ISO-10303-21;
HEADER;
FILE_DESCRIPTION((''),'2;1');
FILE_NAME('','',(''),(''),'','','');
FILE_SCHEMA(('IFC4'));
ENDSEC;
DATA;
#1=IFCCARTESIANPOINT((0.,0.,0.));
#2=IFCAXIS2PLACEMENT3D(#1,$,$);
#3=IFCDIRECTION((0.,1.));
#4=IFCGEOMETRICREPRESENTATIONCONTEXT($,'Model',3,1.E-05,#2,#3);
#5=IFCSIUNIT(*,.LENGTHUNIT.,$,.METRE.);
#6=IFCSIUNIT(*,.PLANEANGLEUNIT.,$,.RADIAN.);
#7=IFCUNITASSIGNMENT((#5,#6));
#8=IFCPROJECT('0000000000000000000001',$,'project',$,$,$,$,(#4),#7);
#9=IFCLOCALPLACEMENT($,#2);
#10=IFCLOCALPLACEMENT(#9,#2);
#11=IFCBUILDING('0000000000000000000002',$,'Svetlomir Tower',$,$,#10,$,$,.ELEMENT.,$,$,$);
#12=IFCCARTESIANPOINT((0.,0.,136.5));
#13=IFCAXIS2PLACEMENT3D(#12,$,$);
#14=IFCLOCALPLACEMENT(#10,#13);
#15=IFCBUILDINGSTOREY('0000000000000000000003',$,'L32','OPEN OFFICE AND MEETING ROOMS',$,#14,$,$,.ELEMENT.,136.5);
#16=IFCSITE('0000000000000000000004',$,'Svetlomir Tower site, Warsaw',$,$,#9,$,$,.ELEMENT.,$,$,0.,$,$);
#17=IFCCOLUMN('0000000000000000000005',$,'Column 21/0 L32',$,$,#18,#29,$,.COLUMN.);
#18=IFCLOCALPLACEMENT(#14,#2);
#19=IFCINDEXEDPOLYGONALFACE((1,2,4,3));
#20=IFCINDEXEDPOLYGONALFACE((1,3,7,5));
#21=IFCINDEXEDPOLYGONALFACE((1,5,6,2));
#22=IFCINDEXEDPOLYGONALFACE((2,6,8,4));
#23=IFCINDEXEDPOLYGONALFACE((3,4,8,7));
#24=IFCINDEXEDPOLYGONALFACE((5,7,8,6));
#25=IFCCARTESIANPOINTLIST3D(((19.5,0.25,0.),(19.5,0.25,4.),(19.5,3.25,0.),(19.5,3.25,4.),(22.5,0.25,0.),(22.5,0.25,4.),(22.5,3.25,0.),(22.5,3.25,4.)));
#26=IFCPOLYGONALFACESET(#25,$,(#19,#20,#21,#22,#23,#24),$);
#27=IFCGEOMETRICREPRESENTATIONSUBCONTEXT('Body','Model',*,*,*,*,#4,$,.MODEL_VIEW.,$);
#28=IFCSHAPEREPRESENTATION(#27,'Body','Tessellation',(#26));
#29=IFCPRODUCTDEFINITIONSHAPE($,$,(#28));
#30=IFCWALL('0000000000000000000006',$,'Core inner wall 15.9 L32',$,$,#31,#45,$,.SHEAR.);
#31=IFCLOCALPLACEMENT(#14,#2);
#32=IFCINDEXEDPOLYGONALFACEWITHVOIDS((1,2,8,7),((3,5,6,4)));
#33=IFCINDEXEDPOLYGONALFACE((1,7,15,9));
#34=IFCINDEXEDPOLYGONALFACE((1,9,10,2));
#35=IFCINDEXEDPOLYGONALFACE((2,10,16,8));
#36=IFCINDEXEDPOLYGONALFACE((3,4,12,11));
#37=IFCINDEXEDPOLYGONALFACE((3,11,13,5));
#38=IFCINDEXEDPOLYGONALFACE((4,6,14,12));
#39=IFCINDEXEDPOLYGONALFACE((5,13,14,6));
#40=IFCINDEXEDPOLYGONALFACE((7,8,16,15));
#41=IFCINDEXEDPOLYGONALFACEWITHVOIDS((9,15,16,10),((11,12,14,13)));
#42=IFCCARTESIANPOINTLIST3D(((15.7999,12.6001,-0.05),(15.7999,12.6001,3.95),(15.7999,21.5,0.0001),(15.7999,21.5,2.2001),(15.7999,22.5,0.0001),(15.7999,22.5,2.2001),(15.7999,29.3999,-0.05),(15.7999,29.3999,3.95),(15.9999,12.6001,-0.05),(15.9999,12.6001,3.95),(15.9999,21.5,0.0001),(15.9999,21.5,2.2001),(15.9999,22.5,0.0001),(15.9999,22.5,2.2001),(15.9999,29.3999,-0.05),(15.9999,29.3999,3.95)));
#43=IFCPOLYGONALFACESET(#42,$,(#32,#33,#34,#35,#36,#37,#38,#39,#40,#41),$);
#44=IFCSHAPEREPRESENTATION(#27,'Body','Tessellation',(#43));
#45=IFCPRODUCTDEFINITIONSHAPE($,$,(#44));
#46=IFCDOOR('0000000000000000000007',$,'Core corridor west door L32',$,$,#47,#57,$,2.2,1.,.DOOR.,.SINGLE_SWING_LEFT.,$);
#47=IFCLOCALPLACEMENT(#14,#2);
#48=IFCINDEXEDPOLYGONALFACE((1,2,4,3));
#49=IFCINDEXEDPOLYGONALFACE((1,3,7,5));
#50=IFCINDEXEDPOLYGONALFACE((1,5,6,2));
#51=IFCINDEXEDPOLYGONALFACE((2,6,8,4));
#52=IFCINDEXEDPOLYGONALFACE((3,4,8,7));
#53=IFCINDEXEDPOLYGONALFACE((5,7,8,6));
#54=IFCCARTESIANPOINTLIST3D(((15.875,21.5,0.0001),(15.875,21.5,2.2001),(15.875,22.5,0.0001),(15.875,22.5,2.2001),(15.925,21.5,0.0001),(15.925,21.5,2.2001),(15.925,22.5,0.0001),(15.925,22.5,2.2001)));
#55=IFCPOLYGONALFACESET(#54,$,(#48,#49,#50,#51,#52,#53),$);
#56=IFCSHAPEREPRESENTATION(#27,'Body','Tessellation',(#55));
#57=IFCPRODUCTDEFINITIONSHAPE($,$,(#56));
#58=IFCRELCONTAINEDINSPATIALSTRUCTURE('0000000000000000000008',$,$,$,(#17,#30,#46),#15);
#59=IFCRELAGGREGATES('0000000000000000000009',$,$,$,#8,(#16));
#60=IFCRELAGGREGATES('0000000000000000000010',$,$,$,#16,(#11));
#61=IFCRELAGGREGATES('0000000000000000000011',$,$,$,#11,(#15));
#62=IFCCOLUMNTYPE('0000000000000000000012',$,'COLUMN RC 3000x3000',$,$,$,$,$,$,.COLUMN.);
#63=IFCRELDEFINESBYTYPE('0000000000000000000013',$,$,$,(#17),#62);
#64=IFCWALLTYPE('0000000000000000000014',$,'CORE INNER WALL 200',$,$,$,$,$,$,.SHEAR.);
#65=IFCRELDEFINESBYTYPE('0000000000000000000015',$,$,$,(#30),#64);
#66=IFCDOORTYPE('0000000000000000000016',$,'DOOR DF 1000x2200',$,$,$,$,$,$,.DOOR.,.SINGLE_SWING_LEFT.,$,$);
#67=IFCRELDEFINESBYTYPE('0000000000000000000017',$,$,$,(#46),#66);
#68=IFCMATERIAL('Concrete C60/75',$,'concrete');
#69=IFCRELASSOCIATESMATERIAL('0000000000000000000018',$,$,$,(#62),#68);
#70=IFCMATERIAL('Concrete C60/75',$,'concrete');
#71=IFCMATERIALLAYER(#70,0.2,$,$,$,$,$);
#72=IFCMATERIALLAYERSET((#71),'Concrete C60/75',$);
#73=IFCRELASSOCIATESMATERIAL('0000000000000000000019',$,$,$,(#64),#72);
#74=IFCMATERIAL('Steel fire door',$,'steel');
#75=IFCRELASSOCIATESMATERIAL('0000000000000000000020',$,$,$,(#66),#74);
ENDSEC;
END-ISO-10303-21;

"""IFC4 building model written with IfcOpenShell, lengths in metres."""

from ifc_helpers import new_model, si_unit, direction, frame, frame_2d, origin, origin_2d, place, context, subcontext, project, spatial, rectangle, extrude, material, layer, layer_set, material_profile, profile_set, type_object, element, fill, save


model = new_model("IFC4")

# Units and contexts
model_context = context("Model", 3, precision=1e-05, world=origin(), true_north=direction((0.0, 1.0)))
body_context = subcontext(model_context, "Body", "Model", "MODEL_VIEW")
ifc_project = project(units=[si_unit("LENGTHUNIT", "METRE"), si_unit("PLANEANGLEUNIT", "RADIAN")], contexts=[model_context])

# Site, building, storey
site_placement = place(None, origin())
site = spatial("IfcSite", under=ifc_project, at=site_placement, Name="Svetlomir Tower site, Warsaw", CompositionType="ELEMENT", RefElevation=0.0)
building_placement = place(site_placement, origin())
building = spatial("IfcBuilding", under=site, at=building_placement, Name="Svetlomir Tower", CompositionType="ELEMENT")
storey_placement = place(building_placement, frame((0.0, 0.0, 136.5)))
storey = spatial("IfcBuildingStorey", under=building, at=storey_placement, Name="L32", Description="OPEN OFFICE AND MEETING ROOMS", CompositionType="ELEMENT", Elevation=136.5)

# Column
ifc_material_1 = material(Name="Concrete C60/75", Category="concrete")
ifc_material_profile = material_profile(ifc_material_1, rectangle(XDim=3.0, YDim=3.0, at=origin_2d()), Name="RC 3000x3000")
ifc_profile_set = profile_set([ifc_material_profile], Name="Concrete C60/75")
column_type = type_object("IfcColumnType", Name="COLUMN RC 3000x3000", PredefinedType="COLUMN", material=ifc_profile_set)
column_placement = place(storey_placement, frame((21.0, 1.75, 0.0), z_axis=(0.0, 0.0, 1.0), x_axis=(1.0, 0.0, 0.0)))
element("IfcColumn", 1, at=column_placement, inside=storey, type_object=column_type, Name="Column 21/0 L32", PredefinedType="COLUMN", context=body_context, shape_type="SweptSolid", body=[
    extrude(rectangle(XDim=3.0, YDim=3.0, at=origin_2d()), origin(), (0.0, 0.0, 1.0), 4.0),
])

# Wall, opening, door
ifc_material_2 = material(Name="Concrete C60/75", Category="concrete")
ifc_layer_1 = layer(ifc_material_2, 0.2)
ifc_layer_set_1 = layer_set([ifc_layer_1], Name="Concrete C60/75")
wall_type_1 = type_object("IfcWallType", Name="CORE INNER WALL 200", PredefinedType="SHEAR", material=ifc_layer_set_1)
wall_1_placement = place(storey_placement, frame((15.8999, 12.6001, -0.05), z_axis=(0.0, 0.0, 1.0), x_axis=(0.0, 1.0, 0.0)))
wall_1 = element("IfcWall", 2, at=wall_1_placement, inside=storey, type_object=wall_type_1, Name="Core inner wall 15.9 L32", PredefinedType="SHEAR", context=body_context, shape_type="SweptSolid", body=[
    extrude(rectangle(XDim=16.7998, YDim=0.2, at=frame_2d((8.3999, 0.0))), origin(), (0.0, 0.0, 1.0), 4.0),
])
opening_1_placement = place(wall_1_placement, frame((8.8999, 0.0, 0.05)))
opening_1 = element("IfcOpeningElement", 3, at=opening_1_placement, cuts=wall_1, PredefinedType="OPENING", context=body_context, shape_type="SweptSolid", body=[
    extrude(rectangle(XDim=1.0, YDim=2.2, at=frame_2d((0.5, 1.1001))), frame((0.0, 0.1099, 0.0), z_axis=(0.0, -1.0, 0.0), x_axis=(1.0, 0.0, 0.0)), (0.0, 0.0, 1.0), 0.22),
])
ifc_material_3 = material(Name="Steel fire door", Category="steel")
door_type_1 = type_object("IfcDoorType", Name="DOOR DF 1000x2200", OperationType="SINGLE_SWING_LEFT", PredefinedType="DOOR", material=ifc_material_3)
door_1_placement = place(opening_1_placement, origin())
door_1 = element("IfcDoor", 4, at=door_1_placement, inside=storey, type_object=door_type_1, Name="Core corridor west door L32", OperationType="SINGLE_SWING_LEFT", OverallHeight=2.2, OverallWidth=1.0, PredefinedType="DOOR", context=body_context, shape_type="SweptSolid", body=[
    extrude(rectangle(XDim=1.0, YDim=2.2, at=frame_2d((0.5, 1.1001))), frame((0.0, 0.0249, 0.0), z_axis=(0.0, -1.0, 0.0), x_axis=(1.0, 0.0, 0.0)), (0.0, 0.0, 1.0), 0.05),
])
fill(opening_1, door_1)

save(model, "model.ifc")
